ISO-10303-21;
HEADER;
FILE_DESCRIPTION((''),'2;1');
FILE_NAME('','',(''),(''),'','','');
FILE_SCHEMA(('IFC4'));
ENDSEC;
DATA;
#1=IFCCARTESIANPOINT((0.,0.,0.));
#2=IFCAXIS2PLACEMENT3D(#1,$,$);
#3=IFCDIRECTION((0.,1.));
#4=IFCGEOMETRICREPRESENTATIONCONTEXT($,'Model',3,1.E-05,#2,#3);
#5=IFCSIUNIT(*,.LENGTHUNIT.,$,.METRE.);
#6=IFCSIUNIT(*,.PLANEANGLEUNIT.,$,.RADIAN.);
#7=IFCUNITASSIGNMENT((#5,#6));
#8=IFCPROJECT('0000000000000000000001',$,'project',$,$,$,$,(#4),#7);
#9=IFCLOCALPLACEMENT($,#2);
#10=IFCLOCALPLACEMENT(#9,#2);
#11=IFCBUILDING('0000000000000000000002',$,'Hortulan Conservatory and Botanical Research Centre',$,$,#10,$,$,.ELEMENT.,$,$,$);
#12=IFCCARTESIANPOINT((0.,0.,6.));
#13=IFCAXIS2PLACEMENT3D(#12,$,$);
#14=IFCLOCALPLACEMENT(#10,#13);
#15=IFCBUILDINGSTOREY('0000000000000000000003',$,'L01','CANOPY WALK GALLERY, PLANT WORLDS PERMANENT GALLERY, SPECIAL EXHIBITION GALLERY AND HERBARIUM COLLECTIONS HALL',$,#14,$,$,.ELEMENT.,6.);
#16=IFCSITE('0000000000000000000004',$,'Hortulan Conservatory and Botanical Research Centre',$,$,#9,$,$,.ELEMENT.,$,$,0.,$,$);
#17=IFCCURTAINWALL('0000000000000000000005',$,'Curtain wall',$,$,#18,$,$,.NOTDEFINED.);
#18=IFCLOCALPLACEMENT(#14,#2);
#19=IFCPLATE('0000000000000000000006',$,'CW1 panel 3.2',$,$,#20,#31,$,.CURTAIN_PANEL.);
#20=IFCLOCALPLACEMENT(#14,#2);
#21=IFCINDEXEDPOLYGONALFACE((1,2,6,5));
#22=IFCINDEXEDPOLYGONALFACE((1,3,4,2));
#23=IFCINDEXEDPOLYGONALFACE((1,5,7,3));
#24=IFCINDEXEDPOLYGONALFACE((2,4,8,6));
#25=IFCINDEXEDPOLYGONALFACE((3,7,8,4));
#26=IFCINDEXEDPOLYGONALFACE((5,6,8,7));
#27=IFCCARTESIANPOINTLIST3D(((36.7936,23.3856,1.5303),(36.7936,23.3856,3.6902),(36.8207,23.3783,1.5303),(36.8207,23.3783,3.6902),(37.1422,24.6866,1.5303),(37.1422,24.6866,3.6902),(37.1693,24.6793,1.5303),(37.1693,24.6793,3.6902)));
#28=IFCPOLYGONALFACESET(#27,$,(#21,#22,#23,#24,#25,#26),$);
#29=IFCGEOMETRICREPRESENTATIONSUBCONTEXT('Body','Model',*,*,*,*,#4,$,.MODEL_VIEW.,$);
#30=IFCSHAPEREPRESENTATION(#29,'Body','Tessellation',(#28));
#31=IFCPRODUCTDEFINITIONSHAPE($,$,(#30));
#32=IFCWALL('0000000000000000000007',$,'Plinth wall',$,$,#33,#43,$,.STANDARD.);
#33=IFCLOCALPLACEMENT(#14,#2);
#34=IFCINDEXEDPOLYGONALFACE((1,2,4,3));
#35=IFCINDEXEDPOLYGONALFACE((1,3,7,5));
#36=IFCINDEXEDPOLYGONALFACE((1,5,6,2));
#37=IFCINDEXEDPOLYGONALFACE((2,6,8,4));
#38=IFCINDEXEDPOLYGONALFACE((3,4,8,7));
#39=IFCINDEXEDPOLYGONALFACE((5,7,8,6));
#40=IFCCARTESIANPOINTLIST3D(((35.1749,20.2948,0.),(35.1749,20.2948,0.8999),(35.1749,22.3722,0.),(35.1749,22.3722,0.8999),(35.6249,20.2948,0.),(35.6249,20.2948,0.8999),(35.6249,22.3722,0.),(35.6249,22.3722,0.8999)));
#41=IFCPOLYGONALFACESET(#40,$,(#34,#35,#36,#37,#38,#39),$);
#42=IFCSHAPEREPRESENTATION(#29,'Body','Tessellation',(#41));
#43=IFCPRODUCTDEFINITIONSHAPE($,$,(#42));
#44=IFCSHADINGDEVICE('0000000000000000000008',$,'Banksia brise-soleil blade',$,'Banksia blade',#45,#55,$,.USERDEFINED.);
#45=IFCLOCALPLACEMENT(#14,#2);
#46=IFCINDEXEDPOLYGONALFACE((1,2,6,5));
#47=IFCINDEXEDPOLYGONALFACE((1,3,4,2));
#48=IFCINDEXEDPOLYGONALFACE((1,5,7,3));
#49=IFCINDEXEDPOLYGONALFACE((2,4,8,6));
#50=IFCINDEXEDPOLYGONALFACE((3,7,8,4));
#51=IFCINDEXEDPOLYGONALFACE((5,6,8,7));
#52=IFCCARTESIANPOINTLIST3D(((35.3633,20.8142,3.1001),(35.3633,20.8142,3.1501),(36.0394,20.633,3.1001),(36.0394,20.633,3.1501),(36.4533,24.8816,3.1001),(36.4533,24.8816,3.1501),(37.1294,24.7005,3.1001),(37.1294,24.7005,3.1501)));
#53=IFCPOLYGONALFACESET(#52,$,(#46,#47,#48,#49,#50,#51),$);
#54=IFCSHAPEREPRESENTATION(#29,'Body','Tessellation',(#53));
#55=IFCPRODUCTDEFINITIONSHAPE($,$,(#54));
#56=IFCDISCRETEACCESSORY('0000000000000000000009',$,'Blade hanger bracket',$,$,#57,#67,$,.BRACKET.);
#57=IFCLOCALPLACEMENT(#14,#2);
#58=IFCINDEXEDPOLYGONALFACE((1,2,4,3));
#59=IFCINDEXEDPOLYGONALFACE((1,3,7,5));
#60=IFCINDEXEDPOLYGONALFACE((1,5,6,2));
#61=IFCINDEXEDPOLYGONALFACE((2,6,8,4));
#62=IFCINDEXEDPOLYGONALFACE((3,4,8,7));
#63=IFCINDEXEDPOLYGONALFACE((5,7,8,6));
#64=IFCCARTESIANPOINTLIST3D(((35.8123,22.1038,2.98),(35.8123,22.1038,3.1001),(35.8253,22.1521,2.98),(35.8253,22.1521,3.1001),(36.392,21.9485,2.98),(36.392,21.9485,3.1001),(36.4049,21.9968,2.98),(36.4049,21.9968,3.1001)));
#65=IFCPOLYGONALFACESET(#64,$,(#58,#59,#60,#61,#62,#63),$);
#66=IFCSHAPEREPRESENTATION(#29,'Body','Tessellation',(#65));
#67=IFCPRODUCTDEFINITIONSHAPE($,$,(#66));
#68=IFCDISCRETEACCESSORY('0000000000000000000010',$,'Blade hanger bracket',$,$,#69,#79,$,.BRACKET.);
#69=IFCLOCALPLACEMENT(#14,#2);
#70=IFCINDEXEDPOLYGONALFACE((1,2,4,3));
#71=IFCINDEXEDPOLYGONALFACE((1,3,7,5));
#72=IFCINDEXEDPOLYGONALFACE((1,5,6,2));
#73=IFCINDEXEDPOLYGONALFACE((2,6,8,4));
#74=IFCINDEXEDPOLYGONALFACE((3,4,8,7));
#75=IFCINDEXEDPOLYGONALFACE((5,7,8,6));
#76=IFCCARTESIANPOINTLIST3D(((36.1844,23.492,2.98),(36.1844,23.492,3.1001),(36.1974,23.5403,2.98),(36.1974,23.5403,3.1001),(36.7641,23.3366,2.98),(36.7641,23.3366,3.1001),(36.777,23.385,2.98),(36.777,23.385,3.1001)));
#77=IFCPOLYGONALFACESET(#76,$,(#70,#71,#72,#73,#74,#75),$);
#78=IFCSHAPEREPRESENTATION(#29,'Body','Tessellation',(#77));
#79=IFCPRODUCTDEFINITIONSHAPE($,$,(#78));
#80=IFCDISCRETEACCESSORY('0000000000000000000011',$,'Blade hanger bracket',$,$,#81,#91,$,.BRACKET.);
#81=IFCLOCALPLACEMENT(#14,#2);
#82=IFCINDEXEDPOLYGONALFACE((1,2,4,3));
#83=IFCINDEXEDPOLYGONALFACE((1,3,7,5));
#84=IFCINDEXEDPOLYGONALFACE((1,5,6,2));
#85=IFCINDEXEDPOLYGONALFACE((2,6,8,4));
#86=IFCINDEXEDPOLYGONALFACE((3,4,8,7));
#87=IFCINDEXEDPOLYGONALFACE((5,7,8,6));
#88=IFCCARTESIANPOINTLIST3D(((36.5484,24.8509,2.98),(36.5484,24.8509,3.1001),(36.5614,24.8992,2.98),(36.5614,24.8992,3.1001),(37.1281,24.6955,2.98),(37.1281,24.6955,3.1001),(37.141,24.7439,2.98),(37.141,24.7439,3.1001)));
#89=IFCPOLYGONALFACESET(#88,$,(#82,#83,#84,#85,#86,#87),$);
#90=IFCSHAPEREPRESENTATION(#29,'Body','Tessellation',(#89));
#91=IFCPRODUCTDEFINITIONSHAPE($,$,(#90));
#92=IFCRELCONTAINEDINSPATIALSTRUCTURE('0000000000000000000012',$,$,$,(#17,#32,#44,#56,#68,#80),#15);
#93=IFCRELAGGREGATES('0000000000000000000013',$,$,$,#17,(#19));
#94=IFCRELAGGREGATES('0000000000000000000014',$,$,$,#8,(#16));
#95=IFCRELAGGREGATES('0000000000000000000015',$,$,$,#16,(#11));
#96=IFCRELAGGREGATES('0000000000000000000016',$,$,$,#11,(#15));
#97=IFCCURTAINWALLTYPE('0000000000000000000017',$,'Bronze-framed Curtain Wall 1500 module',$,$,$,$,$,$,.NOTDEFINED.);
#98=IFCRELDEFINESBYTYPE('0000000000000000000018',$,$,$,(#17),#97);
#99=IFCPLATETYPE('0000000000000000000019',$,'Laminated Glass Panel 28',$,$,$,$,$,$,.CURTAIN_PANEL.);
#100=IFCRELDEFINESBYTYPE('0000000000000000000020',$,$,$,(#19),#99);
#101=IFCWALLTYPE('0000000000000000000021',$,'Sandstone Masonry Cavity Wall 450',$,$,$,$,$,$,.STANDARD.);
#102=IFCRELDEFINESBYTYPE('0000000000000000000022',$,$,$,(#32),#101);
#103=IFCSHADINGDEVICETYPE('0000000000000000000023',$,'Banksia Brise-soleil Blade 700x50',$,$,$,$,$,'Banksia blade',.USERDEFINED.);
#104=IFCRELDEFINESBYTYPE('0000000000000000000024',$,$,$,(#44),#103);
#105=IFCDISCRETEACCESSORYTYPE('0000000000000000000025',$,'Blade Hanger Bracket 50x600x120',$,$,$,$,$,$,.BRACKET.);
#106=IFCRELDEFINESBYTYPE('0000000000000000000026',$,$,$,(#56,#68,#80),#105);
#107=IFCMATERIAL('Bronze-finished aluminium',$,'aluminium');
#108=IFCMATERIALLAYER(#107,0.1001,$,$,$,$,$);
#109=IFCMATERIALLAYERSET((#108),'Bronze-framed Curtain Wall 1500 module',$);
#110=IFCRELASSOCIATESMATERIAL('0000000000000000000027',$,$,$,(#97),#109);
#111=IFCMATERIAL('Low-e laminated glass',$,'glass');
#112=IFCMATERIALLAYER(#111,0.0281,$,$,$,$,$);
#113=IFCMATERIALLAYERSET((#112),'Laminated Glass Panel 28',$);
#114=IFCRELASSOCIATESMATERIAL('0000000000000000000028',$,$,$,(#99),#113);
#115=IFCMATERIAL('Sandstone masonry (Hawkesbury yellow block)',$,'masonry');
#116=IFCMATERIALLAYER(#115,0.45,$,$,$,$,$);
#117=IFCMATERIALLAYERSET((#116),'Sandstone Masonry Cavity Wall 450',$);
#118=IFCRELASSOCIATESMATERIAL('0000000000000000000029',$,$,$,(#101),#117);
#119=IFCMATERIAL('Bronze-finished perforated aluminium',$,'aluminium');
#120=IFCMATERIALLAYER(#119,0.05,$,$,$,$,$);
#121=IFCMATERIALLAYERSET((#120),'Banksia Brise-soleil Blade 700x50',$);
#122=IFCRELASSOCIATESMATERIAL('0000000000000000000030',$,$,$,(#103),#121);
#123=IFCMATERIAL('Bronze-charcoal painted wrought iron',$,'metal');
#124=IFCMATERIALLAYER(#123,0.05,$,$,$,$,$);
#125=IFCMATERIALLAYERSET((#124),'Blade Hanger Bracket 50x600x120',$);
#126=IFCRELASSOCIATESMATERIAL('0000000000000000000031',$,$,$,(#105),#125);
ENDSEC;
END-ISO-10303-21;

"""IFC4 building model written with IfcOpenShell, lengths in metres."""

from ifc_helpers import new_model, si_unit, direction, frame, frame_2d, origin, origin_2d, place, context, subcontext, project, spatial, rectangle, extrude, material, layer, layer_set, type_object, element, aggregate, save


model = new_model("IFC4")

# Units and contexts
model_context = context("Model", 3, precision=1e-05, world=origin(), true_north=direction((0.0, 1.0)))
body_context = subcontext(model_context, "Body", "Model", "MODEL_VIEW")
ifc_project = project(units=[si_unit("LENGTHUNIT", "METRE"), si_unit("PLANEANGLEUNIT", "RADIAN")], contexts=[model_context])

# Site, building, storey
site_placement = place(None, origin())
site = spatial("IfcSite", under=ifc_project, at=site_placement, Name="Hortulan Conservatory and Botanical Research Centre", CompositionType="ELEMENT", RefElevation=0.0)
building_placement = place(site_placement, origin())
building = spatial("IfcBuilding", under=site, at=building_placement, Name="Hortulan Conservatory and Botanical Research Centre", CompositionType="ELEMENT")
storey_placement = place(building_placement, frame((0.0, 0.0, 6.0)))
storey = spatial("IfcBuildingStorey", under=building, at=storey_placement, Name="L01", Description="CANOPY WALK GALLERY, PLANT WORLDS PERMANENT GALLERY, SPECIAL EXHIBITION GALLERY AND HERBARIUM COLLECTIONS HALL", CompositionType="ELEMENT", Elevation=6.0)

# Shared definitions
ifc_material_1 = material(Name="Bronze-finished aluminium", Category="aluminium")
ifc_layer_1 = layer(ifc_material_1, 0.1001)
ifc_layer_set_1 = layer_set([ifc_layer_1], Name="Bronze-framed Curtain Wall 1500 module")
curtain_wall_type = type_object("IfcCurtainWallType", Name="Bronze-framed Curtain Wall 1500 module", PredefinedType="NOTDEFINED", material=ifc_layer_set_1)

# Curtain wall
curtain_wall_1_placement = place(storey_placement, origin())
curtain_wall_1 = element("IfcCurtainWall", 1, at=curtain_wall_1_placement, inside=storey, type_object=curtain_wall_type, Name="Curtain wall", PredefinedType="NOTDEFINED")

# Plate
ifc_material_2 = material(Name="Low-e laminated glass", Category="glass")
ifc_layer_2 = layer(ifc_material_2, 0.0281)
ifc_layer_set_2 = layer_set([ifc_layer_2], Name="Laminated Glass Panel 28")
plate_type = type_object("IfcPlateType", Name="Laminated Glass Panel 28", PredefinedType="CURTAIN_PANEL", material=ifc_layer_set_2)
plate_1_placement = place(storey_placement, frame((36.9814, 24.0325, 1.5303), z_axis=(0.0, 0.0, 1.0), x_axis=(0.258832, 0.965922, 0.0)))
plate_1 = element("IfcPlate", 2, at=plate_1_placement, type_object=plate_type, Name="CW1 panel 3.2", PredefinedType="CURTAIN_PANEL", context=body_context, shape_type="SweptSolid", body=[
    extrude(rectangle(XDim=1.3469, YDim=0.0281, at=origin_2d()), origin(), (0.0, 0.0, 1.0), 2.1599),
])
aggregate(curtain_wall_1, [plate_1])

# Wall
ifc_material_3 = material(Name="Sandstone masonry (Hawkesbury yellow block)", Category="masonry")
ifc_layer_3 = layer(ifc_material_3, 0.45)
ifc_layer_set_3 = layer_set([ifc_layer_3], Name="Sandstone Masonry Cavity Wall 450")
wall_type = type_object("IfcWallType", Name="Sandstone Masonry Cavity Wall 450", PredefinedType="STANDARD", material=ifc_layer_set_3)
wall_placement = place(storey_placement, frame((35.3999, 22.3721, 0.0), z_axis=(0.0, 0.0, 1.0), x_axis=(0.0, -1.0, 0.0)))
element("IfcWall", 3, at=wall_placement, inside=storey, type_object=wall_type, Name="Plinth wall", PredefinedType="STANDARD", context=body_context, shape_type="SweptSolid", body=[
    extrude(rectangle(XDim=2.0774, YDim=0.45, at=frame_2d((1.0386, 0.0))), origin(), (0.0, 0.0, 1.0), 0.8999),
])

# Shading device
ifc_material_4 = material(Name="Bronze-finished perforated aluminium", Category="aluminium")
ifc_layer_4 = layer(ifc_material_4, 0.05)
ifc_layer_set_4 = layer_set([ifc_layer_4], Name="Banksia Brise-soleil Blade 700x50")
shading_device_type = type_object("IfcShadingDeviceType", Name="Banksia Brise-soleil Blade 700x50", ElementType="Banksia blade", PredefinedType="USERDEFINED", material=ifc_layer_set_4)
shading_device_placement = place(storey_placement, frame((36.2463, 22.7573, 3.1001), z_axis=(0.0, 0.0, 1.0), x_axis=(0.258833, 0.965922, 0.0)))
element("IfcShadingDevice", 4, at=shading_device_placement, inside=storey, type_object=shading_device_type, Name="Banksia brise-soleil blade", ObjectType="Banksia blade", PredefinedType="USERDEFINED", context=body_context, shape_type="SweptSolid", body=[
    extrude(rectangle(XDim=4.2109, YDim=0.7, at=origin_2d()), origin(), (0.0, 0.0, 1.0), 0.05),
])

# Discrete accessories
ifc_material_5 = material(Name="Bronze-charcoal painted wrought iron", Category="metal")
ifc_layer_5 = layer(ifc_material_5, 0.05)
ifc_layer_set_5 = layer_set([ifc_layer_5], Name="Blade Hanger Bracket 50x600x120")
discrete_accessory_type = type_object("IfcDiscreteAccessoryType", Name="Blade Hanger Bracket 50x600x120", PredefinedType="BRACKET", material=ifc_layer_set_5)
for number, where, z_axis, x_axis, name in (
    (5, (36.1086, 22.0503, 2.98), (0.0, 0.0, 1.0), (0.258833, 0.965922, 0.0), "Blade hanger bracket"),
    (6, (36.4807, 23.4385, 2.98), (0.0, 0.0, 1.0), (0.258833, 0.965922, 0.0), "Blade hanger bracket"),
    (7, (36.8447, 24.7974, 2.98), (0.0, 0.0, 1.0), (0.258833, 0.965922, 0.0), "Blade hanger bracket"),
):
    element("IfcDiscreteAccessory", number, at=place(storey_placement, frame(where, z_axis=z_axis, x_axis=x_axis)), inside=storey, type_object=discrete_accessory_type, Name=name, PredefinedType="BRACKET", context=body_context, shape_type="SweptSolid", body=[
        extrude(rectangle(XDim=0.05, YDim=0.6001, at=origin_2d()), origin(), (0.0, 0.0, 1.0), 0.1201),
    ])

save(model, "model.ifc")
